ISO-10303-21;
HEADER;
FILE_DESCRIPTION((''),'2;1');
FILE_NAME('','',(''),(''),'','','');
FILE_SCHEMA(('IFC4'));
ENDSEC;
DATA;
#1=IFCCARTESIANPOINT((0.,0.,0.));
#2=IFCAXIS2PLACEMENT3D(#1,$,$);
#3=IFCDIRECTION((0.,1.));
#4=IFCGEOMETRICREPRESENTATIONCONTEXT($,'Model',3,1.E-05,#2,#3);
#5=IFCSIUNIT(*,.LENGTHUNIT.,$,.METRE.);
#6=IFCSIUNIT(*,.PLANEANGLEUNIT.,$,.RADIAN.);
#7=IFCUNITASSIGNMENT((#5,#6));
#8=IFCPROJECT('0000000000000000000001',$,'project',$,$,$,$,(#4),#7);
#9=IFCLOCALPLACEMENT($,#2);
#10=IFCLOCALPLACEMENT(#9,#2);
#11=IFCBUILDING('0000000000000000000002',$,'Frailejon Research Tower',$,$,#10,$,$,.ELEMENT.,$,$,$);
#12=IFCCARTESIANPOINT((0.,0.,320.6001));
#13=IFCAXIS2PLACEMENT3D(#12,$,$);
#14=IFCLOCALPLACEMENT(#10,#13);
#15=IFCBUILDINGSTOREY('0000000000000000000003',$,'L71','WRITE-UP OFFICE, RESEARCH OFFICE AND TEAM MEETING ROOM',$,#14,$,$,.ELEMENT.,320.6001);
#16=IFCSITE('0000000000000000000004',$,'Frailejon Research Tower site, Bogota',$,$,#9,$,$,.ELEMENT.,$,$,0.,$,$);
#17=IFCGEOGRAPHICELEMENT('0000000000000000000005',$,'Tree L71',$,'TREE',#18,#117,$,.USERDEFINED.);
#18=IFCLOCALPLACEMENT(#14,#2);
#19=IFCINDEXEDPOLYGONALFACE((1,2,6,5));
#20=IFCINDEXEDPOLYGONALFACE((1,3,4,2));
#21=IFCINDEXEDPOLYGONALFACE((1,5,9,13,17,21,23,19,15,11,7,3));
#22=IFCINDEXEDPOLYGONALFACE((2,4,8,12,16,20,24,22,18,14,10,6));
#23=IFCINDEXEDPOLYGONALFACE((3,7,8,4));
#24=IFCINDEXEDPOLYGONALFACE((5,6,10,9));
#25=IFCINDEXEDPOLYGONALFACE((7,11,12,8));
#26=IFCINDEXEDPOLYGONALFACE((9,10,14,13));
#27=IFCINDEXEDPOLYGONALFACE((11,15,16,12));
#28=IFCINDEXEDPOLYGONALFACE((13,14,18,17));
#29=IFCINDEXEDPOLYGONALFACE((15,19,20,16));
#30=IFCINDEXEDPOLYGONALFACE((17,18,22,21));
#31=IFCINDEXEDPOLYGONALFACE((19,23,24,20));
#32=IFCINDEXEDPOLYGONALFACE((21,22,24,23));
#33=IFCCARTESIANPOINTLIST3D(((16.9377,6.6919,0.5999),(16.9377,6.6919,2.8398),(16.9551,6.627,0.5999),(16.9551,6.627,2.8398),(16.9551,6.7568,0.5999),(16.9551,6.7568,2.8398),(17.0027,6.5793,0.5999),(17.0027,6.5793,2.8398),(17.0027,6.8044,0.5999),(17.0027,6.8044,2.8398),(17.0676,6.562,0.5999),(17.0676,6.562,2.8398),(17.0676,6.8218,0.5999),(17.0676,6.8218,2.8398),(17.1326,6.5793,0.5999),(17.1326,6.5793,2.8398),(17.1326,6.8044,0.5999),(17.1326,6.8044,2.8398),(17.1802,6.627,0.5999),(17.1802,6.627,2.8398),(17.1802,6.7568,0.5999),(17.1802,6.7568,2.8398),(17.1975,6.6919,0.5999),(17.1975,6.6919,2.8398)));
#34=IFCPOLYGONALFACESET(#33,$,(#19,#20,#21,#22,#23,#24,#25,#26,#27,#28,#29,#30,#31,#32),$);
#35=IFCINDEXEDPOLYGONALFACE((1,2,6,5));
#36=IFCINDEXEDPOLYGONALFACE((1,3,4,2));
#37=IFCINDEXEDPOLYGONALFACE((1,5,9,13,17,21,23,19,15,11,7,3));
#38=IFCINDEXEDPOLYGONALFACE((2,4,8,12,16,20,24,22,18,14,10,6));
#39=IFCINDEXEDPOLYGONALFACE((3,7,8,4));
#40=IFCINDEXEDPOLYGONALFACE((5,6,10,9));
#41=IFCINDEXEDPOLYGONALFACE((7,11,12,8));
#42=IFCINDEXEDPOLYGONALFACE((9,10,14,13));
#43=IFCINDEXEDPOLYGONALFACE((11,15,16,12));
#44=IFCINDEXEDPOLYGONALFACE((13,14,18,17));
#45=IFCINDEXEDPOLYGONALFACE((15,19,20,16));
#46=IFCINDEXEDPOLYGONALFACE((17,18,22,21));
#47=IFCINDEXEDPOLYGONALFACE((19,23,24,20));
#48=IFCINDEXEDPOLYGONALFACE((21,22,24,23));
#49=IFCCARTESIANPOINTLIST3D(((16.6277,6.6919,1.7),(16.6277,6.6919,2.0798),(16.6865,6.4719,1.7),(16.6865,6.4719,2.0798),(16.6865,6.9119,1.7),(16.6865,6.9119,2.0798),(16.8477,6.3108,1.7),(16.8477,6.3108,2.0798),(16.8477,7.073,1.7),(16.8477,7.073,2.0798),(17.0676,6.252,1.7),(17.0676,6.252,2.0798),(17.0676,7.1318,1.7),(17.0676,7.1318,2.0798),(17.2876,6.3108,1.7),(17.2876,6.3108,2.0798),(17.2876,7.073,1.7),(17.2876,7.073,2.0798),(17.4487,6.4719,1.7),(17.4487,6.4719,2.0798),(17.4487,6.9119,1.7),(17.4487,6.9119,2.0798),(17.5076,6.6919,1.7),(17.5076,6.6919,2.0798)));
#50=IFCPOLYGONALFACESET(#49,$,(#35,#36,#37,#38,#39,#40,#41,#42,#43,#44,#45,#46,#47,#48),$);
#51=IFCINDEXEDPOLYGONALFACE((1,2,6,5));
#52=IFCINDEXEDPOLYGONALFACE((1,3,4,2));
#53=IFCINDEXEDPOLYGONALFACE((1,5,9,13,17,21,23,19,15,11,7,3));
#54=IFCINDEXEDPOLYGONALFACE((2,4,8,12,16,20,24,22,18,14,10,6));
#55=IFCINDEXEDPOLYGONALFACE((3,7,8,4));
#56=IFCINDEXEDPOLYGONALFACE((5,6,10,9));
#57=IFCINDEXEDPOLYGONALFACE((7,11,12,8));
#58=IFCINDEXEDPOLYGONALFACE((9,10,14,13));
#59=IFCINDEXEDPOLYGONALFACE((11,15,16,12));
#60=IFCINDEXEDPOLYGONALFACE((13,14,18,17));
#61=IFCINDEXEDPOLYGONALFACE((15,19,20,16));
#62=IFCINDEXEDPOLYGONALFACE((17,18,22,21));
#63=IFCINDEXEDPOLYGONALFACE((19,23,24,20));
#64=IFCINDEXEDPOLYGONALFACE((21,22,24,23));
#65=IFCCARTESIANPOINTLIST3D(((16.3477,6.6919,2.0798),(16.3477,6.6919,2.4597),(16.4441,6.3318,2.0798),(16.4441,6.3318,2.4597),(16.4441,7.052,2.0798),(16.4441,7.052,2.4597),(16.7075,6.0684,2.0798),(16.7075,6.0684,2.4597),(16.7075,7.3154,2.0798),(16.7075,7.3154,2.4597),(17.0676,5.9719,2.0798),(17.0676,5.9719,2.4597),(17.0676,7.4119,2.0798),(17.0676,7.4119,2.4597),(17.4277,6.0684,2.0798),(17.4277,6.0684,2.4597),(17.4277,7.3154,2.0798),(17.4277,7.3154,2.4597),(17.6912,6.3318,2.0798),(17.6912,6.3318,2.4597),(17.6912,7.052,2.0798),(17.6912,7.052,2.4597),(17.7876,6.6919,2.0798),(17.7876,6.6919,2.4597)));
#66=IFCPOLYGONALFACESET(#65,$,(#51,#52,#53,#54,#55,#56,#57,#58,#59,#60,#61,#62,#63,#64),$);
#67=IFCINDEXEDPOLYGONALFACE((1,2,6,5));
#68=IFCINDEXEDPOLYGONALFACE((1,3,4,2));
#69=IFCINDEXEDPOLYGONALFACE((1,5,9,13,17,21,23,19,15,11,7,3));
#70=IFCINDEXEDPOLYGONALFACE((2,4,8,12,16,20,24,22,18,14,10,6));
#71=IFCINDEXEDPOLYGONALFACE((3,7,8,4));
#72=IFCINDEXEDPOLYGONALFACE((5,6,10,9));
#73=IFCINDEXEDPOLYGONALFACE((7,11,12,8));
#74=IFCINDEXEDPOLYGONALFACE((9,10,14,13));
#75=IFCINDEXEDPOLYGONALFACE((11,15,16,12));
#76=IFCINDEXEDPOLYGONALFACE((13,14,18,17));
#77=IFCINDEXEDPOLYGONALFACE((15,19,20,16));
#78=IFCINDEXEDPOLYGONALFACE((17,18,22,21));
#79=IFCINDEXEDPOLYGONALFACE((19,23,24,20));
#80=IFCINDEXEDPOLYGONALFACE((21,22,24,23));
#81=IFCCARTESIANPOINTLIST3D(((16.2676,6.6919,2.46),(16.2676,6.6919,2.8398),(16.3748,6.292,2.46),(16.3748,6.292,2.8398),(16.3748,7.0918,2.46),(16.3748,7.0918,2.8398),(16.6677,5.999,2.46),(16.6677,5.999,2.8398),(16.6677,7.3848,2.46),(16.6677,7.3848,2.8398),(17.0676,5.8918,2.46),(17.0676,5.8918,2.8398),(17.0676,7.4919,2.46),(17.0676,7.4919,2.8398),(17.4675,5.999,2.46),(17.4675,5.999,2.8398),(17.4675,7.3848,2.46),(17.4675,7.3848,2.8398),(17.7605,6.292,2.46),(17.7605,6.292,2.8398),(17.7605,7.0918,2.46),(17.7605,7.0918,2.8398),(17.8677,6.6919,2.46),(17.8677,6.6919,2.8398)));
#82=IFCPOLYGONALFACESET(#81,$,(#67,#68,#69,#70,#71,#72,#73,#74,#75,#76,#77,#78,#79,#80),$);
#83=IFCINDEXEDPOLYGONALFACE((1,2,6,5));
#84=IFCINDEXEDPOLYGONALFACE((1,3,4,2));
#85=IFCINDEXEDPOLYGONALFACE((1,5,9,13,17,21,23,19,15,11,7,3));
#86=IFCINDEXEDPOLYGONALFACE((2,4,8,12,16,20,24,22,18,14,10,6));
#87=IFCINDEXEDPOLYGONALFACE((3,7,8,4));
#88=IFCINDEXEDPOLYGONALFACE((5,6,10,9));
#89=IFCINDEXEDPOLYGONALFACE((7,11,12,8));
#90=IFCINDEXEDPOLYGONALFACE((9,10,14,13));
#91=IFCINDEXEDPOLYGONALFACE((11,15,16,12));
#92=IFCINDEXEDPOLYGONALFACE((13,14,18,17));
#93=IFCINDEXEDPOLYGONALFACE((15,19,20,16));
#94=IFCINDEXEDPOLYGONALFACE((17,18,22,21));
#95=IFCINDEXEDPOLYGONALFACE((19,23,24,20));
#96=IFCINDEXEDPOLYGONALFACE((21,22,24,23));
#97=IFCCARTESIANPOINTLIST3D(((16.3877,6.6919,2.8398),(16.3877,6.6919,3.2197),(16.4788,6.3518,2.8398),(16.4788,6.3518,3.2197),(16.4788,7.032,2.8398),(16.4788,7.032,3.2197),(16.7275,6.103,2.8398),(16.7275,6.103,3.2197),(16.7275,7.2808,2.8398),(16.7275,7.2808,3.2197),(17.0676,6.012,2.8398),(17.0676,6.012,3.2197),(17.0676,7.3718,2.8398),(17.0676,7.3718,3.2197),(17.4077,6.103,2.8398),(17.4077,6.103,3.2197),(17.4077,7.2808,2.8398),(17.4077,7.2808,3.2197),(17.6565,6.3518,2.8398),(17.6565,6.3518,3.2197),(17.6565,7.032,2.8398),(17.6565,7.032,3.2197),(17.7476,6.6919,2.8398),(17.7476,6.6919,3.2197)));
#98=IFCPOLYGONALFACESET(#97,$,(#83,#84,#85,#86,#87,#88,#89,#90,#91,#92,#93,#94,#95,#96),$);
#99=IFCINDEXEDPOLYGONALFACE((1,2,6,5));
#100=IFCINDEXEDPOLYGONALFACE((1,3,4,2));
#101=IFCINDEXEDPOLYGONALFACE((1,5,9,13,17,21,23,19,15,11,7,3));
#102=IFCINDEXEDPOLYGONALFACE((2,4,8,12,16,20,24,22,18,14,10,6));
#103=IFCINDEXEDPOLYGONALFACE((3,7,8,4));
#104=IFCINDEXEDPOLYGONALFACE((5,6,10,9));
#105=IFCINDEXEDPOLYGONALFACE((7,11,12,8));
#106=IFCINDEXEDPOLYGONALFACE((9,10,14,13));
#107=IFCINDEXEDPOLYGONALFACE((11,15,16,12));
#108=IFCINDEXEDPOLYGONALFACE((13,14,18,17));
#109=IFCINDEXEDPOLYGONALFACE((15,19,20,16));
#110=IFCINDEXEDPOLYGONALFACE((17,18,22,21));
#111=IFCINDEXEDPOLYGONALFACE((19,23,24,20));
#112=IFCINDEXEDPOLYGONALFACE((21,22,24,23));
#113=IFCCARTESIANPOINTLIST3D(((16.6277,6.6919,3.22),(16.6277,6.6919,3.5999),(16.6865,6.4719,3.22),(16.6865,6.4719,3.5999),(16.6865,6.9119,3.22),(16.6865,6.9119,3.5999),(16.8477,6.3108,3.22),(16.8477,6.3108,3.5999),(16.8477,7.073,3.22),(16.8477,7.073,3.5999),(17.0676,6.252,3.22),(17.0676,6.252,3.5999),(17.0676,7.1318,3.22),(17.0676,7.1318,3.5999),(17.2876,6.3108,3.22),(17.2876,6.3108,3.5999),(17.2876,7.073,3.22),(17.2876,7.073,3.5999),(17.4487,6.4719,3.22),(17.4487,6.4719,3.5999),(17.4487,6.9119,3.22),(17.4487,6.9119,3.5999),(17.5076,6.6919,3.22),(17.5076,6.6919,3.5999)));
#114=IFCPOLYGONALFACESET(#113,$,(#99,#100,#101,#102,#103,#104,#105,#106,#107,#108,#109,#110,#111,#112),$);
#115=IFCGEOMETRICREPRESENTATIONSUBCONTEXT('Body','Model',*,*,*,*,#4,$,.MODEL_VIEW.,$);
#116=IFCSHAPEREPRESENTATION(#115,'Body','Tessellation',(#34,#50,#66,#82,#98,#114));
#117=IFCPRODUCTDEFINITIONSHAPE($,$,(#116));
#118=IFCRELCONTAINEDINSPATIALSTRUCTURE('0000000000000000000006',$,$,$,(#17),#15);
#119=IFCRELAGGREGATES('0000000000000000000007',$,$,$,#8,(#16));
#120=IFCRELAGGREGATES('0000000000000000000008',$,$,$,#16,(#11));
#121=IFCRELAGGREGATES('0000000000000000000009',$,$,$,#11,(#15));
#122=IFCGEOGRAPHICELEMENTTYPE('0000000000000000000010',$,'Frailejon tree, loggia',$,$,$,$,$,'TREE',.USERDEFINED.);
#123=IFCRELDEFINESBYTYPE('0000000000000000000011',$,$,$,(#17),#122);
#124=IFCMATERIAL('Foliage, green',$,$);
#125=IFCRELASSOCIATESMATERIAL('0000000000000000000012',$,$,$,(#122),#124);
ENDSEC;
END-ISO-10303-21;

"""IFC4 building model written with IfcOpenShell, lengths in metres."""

from ifc_helpers import new_model, si_unit, direction, frame, origin, place, context, subcontext, project, spatial, polyline, outline, extrude, material, type_object, element, save


model = new_model("IFC4")

# Units and contexts
model_context = context("Model", 3, precision=1e-05, world=origin(), true_north=direction((0.0, 1.0)))
body_context = subcontext(model_context, "Body", "Model", "MODEL_VIEW")
ifc_project = project(units=[si_unit("LENGTHUNIT", "METRE"), si_unit("PLANEANGLEUNIT", "RADIAN")], contexts=[model_context])

# Site, building, storey
site_placement = place(None, origin())
site = spatial("IfcSite", under=ifc_project, at=site_placement, Name="Frailejon Research Tower site, Bogota", CompositionType="ELEMENT", RefElevation=0.0)
building_placement = place(site_placement, origin())
building = spatial("IfcBuilding", under=site, at=building_placement, Name="Frailejon Research Tower", CompositionType="ELEMENT")
storey_placement = place(building_placement, frame((0.0, 0.0, 320.6001)))
storey = spatial("IfcBuildingStorey", under=building, at=storey_placement, Name="L71", Description="WRITE-UP OFFICE, RESEARCH OFFICE AND TEAM MEETING ROOM", CompositionType="ELEMENT", Elevation=320.6001)

# Geographic element
ifc_material_1 = material(Name="Foliage, green")
geographic_element_type = type_object("IfcGeographicElementType", Name="Frailejon tree, loggia", ElementType="TREE", PredefinedType="USERDEFINED", material=ifc_material_1)
geographic_element_placement = place(storey_placement, frame((17.0676, 6.6919, 0.5999)))
element("IfcGeographicElement", 1, at=geographic_element_placement, inside=storey, type_object=geographic_element_type, Name="Tree L71", ObjectType="TREE", PredefinedType="USERDEFINED", context=body_context, shape_type="SweptSolid", body=[
    extrude(outline(polyline([(0.1299, 0.0), (0.1125, 0.0649), (0.0649, 0.1125), (0.0, 0.1299), (-0.0649, 0.1125), (-0.1125, 0.0649), (-0.1299, 0.0), (-0.1125, -0.0649), (-0.0649, -0.1125), (0.0, -0.1299), (0.0649, -0.1125), (0.1125, -0.0649), (0.1299, 0.0)])), origin(), (0.0, 0.0, 1.0), 2.24),
    extrude(outline(polyline([(0.4399, 0.0), (0.3811, 0.22), (0.22, 0.3811), (0.0, 0.4399), (-0.22, 0.3811), (-0.3811, 0.22), (-0.4399, 0.0), (-0.3811, -0.22), (-0.22, -0.3811), (0.0, -0.4399), (0.22, -0.3811), (0.3811, -0.22), (0.4399, 0.0)])), frame((0.0, 0.0, 1.1001)), (0.0, 0.0, 1.0), 0.3799),
    extrude(outline(polyline([(0.72, 0.0), (0.6235, 0.3601), (0.3601, 0.6235), (0.0, 0.72), (-0.3601, 0.6235), (-0.6235, 0.3601), (-0.72, 0.0), (-0.6235, -0.3601), (-0.3601, -0.6235), (0.0, -0.72), (0.3601, -0.6235), (0.6235, -0.3601), (0.72, 0.0)])), frame((0.0, 0.0, 1.48)), (0.0, 0.0, 1.0), 0.3799),
    extrude(outline(polyline([(0.8, 0.0), (0.6929, 0.3999), (0.3999, 0.6929), (0.0, 0.8), (-0.3999, 0.6929), (-0.6929, 0.3999), (-0.8, 0.0), (-0.6929, -0.3999), (-0.3999, -0.6929), (0.0, -0.8), (0.3999, -0.6929), (0.6929, -0.3999), (0.8, 0.0)])), frame((0.0, 0.0, 1.8601)), (0.0, 0.0, 1.0), 0.3799),
    extrude(outline(polyline([(0.6799, 0.0), (0.5889, 0.3401), (0.3401, 0.5889), (0.0, 0.6799), (-0.3401, 0.5889), (-0.5889, 0.3401), (-0.6799, 0.0), (-0.5889, -0.3401), (-0.3401, -0.5889), (0.0, -0.6799), (0.3401, -0.5889), (0.5889, -0.3401), (0.6799, 0.0)])), frame((0.0, 0.0, 2.24)), (0.0, 0.0, 1.0), 0.3799),
    extrude(outline(polyline([(0.4399, 0.0), (0.3811, 0.22), (0.22, 0.3811), (0.0, 0.4399), (-0.22, 0.3811), (-0.3811, 0.22), (-0.4399, 0.0), (-0.3811, -0.22), (-0.22, -0.3811), (0.0, -0.4399), (0.22, -0.3811), (0.3811, -0.22), (0.4399, 0.0)])), frame((0.0, 0.0, 2.6201)), (0.0, 0.0, 1.0), 0.3799),
])

save(model, "model.ifc")
